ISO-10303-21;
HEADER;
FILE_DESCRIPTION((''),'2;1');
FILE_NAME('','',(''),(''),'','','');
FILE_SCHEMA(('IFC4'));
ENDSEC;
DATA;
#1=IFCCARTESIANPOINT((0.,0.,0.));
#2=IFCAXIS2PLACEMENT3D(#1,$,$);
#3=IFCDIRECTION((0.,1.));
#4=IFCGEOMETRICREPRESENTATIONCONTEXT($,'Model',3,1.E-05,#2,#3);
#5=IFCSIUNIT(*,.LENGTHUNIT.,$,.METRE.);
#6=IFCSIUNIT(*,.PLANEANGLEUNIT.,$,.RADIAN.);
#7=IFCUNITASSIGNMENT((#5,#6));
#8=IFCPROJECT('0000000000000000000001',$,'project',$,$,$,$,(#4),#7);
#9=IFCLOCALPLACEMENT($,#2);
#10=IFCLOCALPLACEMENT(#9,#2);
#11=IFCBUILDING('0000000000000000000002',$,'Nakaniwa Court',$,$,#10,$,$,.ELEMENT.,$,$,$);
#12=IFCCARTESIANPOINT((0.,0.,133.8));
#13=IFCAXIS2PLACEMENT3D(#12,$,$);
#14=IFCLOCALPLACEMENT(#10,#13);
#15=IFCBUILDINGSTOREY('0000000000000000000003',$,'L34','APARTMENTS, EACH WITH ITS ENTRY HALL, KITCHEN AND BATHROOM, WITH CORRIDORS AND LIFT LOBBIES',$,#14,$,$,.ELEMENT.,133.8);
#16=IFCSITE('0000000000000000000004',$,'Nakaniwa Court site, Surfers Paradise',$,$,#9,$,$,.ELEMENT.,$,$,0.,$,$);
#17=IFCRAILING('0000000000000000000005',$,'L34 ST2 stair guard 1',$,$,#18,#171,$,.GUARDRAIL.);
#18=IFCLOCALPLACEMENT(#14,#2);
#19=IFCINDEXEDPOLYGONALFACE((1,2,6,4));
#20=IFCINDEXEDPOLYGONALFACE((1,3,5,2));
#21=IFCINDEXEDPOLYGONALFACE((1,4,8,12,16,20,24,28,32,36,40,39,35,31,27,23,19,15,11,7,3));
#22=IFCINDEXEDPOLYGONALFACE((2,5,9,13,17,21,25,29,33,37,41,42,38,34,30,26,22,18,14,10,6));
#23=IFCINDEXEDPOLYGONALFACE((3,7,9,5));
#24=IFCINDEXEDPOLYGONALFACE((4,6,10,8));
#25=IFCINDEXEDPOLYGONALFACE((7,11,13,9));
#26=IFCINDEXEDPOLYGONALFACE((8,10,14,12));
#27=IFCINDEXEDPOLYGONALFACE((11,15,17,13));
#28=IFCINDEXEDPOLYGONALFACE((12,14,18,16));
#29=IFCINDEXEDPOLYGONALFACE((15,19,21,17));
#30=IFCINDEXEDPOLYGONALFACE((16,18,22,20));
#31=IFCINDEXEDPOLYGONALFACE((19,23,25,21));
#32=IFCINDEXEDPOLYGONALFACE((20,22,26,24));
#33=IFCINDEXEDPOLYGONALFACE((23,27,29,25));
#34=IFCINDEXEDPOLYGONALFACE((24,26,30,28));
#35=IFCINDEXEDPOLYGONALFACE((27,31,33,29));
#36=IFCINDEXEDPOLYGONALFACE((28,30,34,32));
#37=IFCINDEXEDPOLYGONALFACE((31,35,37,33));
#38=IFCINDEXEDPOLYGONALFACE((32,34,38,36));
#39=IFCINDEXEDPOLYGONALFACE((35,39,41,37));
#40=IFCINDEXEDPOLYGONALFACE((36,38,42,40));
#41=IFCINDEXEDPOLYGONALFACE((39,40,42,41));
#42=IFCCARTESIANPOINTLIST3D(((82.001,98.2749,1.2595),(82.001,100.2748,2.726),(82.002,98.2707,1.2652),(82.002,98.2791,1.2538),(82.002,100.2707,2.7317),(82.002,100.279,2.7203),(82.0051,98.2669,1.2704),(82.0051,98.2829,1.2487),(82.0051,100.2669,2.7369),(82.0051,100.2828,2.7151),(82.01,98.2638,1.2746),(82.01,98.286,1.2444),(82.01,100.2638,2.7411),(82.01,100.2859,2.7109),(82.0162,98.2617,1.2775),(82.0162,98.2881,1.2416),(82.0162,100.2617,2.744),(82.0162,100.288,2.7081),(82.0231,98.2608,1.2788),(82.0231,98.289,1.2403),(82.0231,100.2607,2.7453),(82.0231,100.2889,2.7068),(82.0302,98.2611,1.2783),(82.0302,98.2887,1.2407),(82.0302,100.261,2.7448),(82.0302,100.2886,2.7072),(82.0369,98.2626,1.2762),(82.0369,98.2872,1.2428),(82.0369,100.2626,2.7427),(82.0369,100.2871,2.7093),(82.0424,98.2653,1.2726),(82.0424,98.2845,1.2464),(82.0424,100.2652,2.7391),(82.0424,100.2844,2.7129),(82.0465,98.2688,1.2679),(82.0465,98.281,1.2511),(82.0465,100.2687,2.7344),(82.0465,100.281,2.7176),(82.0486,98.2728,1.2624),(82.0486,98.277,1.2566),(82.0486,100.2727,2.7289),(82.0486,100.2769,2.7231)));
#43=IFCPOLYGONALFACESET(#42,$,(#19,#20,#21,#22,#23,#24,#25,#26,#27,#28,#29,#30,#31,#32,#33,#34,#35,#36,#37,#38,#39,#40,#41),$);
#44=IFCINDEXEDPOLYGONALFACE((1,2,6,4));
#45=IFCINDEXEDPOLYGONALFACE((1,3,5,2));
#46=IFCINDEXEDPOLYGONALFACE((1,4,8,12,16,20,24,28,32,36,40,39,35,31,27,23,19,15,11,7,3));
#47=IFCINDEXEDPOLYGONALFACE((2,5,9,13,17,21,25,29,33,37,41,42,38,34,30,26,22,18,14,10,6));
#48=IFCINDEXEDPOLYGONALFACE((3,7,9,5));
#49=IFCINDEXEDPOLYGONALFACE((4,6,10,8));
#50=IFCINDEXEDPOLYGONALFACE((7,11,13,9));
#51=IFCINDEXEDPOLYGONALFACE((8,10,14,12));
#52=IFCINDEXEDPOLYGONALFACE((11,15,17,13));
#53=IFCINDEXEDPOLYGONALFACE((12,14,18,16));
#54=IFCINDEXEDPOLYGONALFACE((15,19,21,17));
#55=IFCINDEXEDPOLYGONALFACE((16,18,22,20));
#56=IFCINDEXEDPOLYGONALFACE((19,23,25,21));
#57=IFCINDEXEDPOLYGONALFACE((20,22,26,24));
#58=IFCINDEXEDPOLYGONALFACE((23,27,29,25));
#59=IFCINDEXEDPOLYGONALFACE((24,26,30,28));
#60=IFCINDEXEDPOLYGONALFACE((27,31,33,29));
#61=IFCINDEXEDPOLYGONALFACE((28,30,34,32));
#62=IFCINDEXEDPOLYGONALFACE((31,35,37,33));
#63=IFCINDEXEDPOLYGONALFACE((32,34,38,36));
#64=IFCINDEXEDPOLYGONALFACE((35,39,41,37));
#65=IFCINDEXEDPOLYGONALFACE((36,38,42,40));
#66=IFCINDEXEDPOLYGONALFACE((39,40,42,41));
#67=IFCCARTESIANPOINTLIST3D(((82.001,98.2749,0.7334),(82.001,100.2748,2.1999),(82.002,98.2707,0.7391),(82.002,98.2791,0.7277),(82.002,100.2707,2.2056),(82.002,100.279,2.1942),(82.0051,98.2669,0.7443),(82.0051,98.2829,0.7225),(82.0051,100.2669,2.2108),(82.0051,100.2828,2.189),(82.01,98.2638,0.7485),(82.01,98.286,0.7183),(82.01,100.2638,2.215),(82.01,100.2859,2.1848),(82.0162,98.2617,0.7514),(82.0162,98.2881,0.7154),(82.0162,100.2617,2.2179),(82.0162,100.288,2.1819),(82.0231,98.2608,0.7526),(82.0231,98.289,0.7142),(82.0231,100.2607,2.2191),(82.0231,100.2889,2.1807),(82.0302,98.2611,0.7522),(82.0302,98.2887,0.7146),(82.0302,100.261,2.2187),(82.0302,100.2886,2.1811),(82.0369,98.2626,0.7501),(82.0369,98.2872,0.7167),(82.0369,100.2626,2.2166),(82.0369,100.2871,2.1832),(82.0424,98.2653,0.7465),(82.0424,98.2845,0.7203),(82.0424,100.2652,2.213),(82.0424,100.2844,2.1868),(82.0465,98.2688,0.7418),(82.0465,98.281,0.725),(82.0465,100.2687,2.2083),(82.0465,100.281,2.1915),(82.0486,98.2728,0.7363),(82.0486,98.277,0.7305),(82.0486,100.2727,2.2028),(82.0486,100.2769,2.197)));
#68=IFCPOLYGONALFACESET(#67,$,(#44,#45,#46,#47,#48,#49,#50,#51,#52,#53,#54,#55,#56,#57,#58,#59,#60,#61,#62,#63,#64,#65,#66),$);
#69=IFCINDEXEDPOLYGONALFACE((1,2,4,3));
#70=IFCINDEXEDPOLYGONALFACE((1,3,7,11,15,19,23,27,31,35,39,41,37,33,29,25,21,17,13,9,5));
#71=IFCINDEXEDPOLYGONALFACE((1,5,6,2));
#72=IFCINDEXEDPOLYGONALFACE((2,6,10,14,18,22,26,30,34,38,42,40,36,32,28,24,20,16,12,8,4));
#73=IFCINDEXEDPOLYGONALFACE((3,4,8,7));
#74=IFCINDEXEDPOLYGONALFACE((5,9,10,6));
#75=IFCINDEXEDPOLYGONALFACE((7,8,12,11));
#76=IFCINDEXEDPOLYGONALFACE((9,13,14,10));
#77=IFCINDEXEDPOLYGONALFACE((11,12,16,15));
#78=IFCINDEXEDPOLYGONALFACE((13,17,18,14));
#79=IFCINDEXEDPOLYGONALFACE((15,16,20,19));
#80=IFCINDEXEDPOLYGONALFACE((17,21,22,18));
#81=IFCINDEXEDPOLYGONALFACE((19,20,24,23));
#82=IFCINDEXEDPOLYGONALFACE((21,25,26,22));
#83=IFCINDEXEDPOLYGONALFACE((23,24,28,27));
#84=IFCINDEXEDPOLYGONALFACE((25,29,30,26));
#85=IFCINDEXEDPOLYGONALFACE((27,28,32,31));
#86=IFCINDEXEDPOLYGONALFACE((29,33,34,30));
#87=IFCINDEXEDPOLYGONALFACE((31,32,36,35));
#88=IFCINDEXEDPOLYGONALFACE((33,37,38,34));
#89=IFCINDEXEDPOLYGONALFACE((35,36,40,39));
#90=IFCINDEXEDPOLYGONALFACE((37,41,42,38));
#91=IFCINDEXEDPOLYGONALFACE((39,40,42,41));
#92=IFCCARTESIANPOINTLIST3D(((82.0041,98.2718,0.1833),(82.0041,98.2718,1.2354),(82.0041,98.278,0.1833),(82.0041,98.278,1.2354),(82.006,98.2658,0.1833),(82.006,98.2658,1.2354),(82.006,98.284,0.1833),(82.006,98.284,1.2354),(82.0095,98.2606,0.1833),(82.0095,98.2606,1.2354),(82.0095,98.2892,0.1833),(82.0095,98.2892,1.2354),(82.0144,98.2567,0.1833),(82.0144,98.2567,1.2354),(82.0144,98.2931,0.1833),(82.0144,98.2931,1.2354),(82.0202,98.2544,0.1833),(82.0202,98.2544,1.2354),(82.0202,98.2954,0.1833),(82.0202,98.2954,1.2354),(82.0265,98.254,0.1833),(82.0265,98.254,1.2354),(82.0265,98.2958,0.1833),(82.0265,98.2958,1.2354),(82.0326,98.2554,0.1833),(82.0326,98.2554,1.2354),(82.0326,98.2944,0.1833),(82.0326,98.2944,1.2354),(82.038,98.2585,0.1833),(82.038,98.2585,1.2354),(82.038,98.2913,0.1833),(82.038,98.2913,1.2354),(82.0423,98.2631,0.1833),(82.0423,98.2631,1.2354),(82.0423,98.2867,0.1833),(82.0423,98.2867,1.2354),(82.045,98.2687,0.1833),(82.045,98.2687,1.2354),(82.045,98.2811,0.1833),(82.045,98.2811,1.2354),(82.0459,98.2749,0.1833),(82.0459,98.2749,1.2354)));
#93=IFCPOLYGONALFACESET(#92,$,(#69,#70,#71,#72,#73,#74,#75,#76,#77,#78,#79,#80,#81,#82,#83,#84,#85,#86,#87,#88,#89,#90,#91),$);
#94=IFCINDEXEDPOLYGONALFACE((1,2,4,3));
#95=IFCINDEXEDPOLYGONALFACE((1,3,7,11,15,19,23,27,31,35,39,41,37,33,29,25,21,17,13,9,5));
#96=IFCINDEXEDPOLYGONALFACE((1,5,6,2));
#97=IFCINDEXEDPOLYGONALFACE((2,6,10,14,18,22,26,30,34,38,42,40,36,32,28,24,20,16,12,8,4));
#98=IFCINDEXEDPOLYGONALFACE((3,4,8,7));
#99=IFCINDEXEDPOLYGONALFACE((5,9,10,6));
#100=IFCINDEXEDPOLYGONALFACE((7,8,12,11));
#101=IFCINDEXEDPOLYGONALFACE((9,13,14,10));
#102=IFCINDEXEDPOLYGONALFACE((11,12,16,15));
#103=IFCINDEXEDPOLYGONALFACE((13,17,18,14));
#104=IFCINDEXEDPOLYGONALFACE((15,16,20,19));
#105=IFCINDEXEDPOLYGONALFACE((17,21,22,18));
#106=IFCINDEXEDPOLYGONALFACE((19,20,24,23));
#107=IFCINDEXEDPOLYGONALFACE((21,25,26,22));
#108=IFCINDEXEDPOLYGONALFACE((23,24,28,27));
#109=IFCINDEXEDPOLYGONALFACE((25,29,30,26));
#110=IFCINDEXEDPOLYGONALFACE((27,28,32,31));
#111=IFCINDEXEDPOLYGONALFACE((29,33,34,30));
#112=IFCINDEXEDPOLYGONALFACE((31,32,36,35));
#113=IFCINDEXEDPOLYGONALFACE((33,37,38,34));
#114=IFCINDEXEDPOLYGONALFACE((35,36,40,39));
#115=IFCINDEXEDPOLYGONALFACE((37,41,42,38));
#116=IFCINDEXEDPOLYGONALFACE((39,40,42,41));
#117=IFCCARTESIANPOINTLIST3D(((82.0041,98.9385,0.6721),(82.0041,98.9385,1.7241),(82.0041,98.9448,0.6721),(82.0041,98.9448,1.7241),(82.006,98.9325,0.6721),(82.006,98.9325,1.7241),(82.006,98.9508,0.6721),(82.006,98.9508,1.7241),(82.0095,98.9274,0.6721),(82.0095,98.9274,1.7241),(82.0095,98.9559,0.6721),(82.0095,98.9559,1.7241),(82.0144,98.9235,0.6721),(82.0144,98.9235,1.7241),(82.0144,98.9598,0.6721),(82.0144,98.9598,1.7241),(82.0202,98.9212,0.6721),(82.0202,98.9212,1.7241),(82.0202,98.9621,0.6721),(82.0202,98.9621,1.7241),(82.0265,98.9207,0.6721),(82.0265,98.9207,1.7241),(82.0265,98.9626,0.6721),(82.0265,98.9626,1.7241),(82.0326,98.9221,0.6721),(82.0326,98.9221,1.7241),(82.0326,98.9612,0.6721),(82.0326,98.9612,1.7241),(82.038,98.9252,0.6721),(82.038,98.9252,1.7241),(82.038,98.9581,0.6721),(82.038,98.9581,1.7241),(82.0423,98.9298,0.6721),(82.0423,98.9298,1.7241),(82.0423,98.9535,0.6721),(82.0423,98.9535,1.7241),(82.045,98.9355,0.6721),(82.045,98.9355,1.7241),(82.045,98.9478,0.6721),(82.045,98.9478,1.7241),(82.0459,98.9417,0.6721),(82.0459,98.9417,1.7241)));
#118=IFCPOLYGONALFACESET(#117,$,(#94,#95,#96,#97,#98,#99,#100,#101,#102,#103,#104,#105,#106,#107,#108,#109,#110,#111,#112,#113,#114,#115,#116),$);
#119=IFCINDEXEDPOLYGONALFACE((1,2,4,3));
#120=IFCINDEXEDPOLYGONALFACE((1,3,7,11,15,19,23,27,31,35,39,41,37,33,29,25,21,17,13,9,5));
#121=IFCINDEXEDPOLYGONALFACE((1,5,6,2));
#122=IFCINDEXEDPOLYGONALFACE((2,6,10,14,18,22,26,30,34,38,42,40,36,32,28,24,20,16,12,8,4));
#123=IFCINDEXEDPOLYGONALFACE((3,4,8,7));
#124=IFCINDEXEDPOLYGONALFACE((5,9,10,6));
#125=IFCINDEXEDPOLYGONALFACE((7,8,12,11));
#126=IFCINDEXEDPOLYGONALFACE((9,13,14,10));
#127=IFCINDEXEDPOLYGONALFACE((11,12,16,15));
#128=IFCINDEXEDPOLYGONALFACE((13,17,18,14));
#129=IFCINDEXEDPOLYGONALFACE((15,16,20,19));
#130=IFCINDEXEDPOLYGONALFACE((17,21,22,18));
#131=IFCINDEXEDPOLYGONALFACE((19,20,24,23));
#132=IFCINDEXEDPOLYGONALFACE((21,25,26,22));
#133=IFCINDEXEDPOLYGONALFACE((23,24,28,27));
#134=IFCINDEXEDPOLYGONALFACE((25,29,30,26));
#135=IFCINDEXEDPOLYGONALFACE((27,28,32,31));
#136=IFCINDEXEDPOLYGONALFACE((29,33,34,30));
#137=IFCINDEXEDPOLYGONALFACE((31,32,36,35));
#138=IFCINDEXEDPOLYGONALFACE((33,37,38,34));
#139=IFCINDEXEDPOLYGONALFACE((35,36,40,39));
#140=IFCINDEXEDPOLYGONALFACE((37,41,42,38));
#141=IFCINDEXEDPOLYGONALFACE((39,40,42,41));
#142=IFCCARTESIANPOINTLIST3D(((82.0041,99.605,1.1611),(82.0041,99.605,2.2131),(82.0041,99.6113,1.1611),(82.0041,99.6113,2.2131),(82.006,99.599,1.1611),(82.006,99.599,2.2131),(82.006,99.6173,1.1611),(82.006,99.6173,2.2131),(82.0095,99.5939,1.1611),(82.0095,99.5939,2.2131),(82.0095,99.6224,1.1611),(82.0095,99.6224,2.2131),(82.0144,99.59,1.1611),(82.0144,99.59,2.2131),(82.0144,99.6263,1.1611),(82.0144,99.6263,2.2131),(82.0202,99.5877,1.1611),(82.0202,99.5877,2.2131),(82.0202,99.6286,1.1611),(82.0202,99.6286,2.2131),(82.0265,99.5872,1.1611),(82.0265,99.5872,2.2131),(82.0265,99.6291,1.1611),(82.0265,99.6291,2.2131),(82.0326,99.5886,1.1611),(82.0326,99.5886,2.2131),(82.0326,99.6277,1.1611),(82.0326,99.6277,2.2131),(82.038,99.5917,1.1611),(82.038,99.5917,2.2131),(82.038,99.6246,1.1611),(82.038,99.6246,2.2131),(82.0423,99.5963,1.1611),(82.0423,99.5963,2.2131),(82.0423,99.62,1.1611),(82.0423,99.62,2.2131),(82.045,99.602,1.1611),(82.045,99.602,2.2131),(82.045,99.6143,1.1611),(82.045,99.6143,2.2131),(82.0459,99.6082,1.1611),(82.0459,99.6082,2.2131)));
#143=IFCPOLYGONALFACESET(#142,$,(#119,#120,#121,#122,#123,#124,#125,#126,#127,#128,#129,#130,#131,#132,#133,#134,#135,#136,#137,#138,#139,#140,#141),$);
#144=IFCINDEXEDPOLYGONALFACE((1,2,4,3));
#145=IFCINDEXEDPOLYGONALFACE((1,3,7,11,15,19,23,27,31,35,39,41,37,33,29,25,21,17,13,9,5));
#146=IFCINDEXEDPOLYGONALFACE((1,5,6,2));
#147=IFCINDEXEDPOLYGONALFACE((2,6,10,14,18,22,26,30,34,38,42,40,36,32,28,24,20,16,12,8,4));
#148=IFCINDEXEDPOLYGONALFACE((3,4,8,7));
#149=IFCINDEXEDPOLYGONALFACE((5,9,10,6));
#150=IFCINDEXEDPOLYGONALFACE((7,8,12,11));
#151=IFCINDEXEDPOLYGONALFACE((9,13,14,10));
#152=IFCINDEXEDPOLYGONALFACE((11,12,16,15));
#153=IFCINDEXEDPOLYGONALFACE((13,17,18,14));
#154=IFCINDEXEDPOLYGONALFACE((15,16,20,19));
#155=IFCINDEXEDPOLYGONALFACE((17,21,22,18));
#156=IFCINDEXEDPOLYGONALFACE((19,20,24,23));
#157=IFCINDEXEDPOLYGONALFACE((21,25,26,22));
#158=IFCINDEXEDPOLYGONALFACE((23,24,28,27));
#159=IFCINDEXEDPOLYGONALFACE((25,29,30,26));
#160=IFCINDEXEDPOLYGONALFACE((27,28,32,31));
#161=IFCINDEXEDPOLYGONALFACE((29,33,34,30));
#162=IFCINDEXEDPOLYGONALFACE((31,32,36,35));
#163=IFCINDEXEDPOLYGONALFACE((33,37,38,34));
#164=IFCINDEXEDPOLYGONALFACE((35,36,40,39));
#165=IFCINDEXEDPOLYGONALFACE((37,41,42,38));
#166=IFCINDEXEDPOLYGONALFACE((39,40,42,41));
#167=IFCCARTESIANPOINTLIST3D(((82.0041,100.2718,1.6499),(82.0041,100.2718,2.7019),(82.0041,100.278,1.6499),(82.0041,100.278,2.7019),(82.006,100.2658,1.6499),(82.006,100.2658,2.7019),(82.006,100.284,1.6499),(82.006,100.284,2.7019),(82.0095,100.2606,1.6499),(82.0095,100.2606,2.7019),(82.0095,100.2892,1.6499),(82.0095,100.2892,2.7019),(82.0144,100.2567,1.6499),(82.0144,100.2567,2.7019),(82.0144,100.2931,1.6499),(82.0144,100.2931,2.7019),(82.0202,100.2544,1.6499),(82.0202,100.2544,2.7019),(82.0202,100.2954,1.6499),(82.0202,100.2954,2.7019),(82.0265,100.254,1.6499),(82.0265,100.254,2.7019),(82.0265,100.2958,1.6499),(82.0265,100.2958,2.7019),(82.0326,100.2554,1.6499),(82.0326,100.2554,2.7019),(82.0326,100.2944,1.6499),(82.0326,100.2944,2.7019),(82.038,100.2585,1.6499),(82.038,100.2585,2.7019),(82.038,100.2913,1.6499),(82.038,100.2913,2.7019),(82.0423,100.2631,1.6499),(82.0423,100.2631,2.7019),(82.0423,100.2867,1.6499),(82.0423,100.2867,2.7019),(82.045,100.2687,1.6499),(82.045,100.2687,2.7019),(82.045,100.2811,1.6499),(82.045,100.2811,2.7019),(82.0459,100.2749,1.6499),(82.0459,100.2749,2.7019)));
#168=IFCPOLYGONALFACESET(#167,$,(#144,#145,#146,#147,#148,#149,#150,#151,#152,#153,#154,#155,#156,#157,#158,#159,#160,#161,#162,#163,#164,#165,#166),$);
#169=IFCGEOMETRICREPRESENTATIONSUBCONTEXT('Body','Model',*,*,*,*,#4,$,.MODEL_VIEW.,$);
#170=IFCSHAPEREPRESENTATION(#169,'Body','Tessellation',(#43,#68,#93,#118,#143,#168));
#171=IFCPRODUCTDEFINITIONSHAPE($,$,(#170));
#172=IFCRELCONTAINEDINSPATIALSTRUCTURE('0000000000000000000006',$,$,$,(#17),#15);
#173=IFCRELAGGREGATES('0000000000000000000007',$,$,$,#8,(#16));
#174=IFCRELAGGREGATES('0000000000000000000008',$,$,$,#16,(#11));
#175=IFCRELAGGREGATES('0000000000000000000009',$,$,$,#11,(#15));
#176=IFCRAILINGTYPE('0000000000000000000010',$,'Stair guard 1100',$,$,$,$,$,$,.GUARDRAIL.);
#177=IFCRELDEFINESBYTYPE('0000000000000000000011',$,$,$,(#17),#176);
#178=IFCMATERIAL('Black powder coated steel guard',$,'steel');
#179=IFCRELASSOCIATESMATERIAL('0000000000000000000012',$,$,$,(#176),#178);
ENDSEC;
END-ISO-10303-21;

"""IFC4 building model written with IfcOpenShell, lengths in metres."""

from ifc_helpers import new_model, si_unit, direction, frame, origin, origin_2d, place, context, subcontext, project, spatial, circle, extrude, material, type_object, element, save


model = new_model("IFC4")

# Units and contexts
model_context = context("Model", 3, precision=1e-05, world=origin(), true_north=direction((0.0, 1.0)))
body_context = subcontext(model_context, "Body", "Model", "MODEL_VIEW")
ifc_project = project(units=[si_unit("LENGTHUNIT", "METRE"), si_unit("PLANEANGLEUNIT", "RADIAN")], contexts=[model_context])

# Site, building, storey
site_placement = place(None, origin())
site = spatial("IfcSite", under=ifc_project, at=site_placement, Name="Nakaniwa Court site, Surfers Paradise", CompositionType="ELEMENT", RefElevation=0.0)
building_placement = place(site_placement, origin())
building = spatial("IfcBuilding", under=site, at=building_placement, Name="Nakaniwa Court", CompositionType="ELEMENT")
storey_placement = place(building_placement, frame((0.0, 0.0, 133.8)))
storey = spatial("IfcBuildingStorey", under=building, at=storey_placement, Name="L34", Description="APARTMENTS, EACH WITH ITS ENTRY HALL, KITCHEN AND BATHROOM, WITH CORRIDORS AND LIFT LOBBIES", CompositionType="ELEMENT", Elevation=133.8)

# Railing
ifc_material_1 = material(Name="Black powder coated steel guard", Category="steel")
railing_type_1 = type_object("IfcRailingType", Name="Stair guard 1100", PredefinedType="GUARDRAIL", material=ifc_material_1)
railing_1_placement = place(storey_placement, frame((82.0249, 98.2749, 0.1833)))
element("IfcRailing", 1, at=railing_1_placement, inside=storey, type_object=railing_type_1, Name="L34 ST2 stair guard 1", PredefinedType="GUARDRAIL", context=body_context, shape_type="SweptSolid", body=[
    extrude(circle(Radius=0.0239, at=origin_2d()), frame((0.0, 0.0, 1.0762), z_axis=(0.0, 0.806427, 0.591334), x_axis=(-1.0, 0.0, 0.0)), (0.0, 0.0, 1.0), 2.48),
    extrude(circle(Radius=0.0239, at=origin_2d()), frame((0.0, 0.0, 0.55), z_axis=(0.0, 0.806427, 0.591334), x_axis=(-1.0, 0.0, 0.0)), (0.0, 0.0, 1.0), 2.48),
    extrude(circle(Radius=0.021, at=origin_2d()), origin(), (0.0, 0.0, 1.0), 1.052),
    extrude(circle(Radius=0.021, at=origin_2d()), frame((0.0, 0.6667, 0.4888)), (0.0, 0.0, 1.0), 1.052),
    extrude(circle(Radius=0.021, at=origin_2d()), frame((0.0, 1.3333, 0.9778)), (0.0, 0.0, 1.0), 1.052),
    extrude(circle(Radius=0.021, at=origin_2d()), frame((0.0, 2.0, 1.4666)), (0.0, 0.0, 1.0), 1.052),
])

save(model, "model.ifc")
